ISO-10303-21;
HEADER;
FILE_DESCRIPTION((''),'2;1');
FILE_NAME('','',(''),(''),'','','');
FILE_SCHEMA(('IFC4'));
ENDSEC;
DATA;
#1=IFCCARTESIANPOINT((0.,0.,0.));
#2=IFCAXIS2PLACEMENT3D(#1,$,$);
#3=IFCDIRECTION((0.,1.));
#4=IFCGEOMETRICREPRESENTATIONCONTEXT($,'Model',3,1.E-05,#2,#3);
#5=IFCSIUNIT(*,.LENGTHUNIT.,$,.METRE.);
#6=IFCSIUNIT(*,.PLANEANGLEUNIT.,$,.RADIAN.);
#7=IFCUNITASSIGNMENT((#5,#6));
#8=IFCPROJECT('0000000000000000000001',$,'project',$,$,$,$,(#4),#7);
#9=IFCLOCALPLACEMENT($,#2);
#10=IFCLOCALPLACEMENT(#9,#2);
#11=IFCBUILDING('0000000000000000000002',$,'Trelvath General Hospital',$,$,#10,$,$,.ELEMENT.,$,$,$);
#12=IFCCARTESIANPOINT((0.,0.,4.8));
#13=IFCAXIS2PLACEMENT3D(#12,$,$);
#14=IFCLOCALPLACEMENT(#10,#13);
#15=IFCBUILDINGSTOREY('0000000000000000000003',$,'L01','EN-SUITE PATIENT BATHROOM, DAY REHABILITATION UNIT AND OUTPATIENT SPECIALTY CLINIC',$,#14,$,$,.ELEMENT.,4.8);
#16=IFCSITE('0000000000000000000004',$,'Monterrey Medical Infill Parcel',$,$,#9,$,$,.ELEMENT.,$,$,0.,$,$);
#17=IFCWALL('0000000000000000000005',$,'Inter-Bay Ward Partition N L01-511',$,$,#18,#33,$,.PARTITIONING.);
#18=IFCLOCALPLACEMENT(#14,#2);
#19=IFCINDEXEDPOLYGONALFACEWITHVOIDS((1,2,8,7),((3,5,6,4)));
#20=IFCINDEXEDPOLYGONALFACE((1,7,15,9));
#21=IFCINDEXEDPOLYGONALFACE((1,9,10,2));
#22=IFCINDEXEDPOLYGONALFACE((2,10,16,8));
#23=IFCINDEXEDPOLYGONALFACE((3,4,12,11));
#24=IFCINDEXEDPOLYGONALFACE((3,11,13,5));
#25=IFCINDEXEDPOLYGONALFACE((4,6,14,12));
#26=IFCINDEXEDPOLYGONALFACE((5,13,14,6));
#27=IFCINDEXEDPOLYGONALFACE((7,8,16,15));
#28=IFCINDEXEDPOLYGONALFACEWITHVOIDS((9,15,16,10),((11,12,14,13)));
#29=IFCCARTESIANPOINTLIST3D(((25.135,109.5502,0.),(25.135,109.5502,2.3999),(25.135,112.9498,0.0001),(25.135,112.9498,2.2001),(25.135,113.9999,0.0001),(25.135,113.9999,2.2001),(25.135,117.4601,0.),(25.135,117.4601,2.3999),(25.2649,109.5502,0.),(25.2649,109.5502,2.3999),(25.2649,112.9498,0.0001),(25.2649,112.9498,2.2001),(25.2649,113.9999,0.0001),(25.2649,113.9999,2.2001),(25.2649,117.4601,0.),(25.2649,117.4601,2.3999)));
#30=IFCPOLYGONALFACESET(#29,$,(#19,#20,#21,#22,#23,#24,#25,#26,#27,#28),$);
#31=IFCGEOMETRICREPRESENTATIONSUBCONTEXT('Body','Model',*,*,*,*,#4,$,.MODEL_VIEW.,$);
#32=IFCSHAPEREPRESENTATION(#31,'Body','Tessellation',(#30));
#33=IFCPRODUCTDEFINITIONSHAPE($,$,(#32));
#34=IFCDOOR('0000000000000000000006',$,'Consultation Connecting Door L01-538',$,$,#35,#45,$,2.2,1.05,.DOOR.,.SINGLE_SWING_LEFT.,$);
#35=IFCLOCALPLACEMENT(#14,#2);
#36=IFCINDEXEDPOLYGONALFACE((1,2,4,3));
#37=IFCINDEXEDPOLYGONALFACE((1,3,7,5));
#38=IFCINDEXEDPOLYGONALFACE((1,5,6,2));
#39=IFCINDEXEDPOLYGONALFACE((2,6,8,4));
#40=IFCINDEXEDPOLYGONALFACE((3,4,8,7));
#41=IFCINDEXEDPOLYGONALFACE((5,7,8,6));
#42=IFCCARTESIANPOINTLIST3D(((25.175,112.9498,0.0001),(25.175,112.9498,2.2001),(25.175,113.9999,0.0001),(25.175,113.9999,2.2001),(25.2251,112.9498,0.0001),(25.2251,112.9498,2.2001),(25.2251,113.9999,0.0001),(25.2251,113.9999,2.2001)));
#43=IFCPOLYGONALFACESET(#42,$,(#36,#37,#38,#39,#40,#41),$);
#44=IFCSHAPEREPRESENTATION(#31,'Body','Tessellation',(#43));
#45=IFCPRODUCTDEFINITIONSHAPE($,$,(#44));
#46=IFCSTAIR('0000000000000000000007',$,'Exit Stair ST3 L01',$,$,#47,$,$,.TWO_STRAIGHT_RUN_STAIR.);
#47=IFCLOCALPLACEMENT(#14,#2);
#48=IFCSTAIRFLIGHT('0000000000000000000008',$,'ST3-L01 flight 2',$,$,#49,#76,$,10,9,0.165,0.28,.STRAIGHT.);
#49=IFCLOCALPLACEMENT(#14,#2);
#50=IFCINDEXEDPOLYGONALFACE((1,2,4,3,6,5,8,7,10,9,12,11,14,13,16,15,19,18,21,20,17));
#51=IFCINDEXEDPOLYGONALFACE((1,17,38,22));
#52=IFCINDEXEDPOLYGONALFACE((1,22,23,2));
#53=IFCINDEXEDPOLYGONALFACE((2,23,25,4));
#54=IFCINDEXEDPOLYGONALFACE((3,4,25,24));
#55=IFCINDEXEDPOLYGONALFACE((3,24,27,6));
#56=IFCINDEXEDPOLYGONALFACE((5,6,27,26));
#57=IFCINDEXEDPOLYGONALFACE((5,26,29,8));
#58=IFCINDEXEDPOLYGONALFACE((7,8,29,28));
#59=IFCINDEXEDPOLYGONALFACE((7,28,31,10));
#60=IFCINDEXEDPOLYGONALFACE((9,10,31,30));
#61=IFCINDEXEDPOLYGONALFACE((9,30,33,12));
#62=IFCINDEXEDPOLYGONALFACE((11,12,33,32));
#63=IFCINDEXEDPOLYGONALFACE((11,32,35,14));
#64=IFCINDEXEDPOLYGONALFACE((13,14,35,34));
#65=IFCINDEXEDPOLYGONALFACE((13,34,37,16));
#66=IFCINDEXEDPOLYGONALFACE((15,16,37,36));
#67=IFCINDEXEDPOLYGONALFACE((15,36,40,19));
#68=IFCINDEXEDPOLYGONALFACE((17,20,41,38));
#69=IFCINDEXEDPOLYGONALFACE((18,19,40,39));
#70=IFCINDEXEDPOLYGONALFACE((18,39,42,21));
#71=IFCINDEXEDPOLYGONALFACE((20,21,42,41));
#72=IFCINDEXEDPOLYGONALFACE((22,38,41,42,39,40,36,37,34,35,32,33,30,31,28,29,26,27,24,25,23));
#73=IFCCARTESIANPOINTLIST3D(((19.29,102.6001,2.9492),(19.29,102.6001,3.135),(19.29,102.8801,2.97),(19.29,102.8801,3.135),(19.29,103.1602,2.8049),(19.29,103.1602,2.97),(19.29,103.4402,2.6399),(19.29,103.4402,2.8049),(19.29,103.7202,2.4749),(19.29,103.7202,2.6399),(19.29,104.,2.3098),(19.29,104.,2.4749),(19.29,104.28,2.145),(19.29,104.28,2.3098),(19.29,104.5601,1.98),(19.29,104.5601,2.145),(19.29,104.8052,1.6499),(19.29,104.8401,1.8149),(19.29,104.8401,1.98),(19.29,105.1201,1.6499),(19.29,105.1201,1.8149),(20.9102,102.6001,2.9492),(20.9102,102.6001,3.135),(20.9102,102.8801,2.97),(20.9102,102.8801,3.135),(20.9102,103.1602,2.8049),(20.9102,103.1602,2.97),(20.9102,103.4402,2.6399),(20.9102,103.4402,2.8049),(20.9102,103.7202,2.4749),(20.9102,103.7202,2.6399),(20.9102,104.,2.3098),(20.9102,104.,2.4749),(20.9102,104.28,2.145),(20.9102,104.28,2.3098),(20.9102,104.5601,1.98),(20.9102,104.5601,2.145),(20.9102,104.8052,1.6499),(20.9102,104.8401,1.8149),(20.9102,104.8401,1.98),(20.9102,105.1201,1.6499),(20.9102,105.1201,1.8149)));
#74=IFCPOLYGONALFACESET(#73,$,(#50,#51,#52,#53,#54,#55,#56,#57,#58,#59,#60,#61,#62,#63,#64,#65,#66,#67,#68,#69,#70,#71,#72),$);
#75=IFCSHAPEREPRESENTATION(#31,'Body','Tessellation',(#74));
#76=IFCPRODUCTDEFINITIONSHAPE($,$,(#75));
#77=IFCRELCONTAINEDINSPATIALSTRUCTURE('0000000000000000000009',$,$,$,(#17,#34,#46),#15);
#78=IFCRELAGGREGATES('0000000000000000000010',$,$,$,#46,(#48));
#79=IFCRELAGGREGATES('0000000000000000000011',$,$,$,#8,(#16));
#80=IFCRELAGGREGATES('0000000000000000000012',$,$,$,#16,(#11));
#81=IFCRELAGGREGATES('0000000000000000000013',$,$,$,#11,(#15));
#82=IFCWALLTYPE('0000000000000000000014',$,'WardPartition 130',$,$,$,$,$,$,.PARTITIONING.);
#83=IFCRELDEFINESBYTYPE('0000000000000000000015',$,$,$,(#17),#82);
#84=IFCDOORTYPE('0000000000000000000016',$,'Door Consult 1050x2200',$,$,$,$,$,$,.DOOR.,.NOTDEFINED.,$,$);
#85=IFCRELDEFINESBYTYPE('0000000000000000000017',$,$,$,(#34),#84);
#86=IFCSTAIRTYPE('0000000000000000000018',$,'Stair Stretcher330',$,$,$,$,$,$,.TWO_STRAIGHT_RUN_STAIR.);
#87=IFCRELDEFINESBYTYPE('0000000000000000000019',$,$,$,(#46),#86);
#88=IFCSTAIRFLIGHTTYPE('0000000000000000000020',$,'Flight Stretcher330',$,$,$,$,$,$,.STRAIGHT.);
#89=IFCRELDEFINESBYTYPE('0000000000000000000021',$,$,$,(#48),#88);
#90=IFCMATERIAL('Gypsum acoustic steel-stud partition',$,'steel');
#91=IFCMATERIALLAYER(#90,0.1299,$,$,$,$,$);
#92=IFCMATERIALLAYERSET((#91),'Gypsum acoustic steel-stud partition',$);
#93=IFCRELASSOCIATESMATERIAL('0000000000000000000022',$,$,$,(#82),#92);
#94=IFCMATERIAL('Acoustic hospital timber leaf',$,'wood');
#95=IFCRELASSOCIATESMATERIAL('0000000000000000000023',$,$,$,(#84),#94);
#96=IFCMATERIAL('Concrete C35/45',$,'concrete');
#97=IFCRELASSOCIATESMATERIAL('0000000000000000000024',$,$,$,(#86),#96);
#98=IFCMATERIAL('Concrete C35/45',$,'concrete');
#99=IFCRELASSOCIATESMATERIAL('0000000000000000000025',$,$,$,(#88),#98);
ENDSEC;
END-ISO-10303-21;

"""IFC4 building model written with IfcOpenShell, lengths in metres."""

from ifc_helpers import new_model, si_unit, direction, frame, frame_2d, origin, place, context, subcontext, project, spatial, polyline, rectangle, outline, extrude, material, layer, layer_set, type_object, element, fill, aggregate, save


model = new_model("IFC4")

# Units and contexts
model_context = context("Model", 3, precision=1e-05, world=origin(), true_north=direction((0.0, 1.0)))
body_context = subcontext(model_context, "Body", "Model", "MODEL_VIEW")
ifc_project = project(units=[si_unit("LENGTHUNIT", "METRE"), si_unit("PLANEANGLEUNIT", "RADIAN")], contexts=[model_context])

# Site, building, storey
site_placement = place(None, origin())
site = spatial("IfcSite", under=ifc_project, at=site_placement, Name="Monterrey Medical Infill Parcel", CompositionType="ELEMENT", RefElevation=0.0)
building_placement = place(site_placement, origin())
building = spatial("IfcBuilding", under=site, at=building_placement, Name="Trelvath General Hospital", CompositionType="ELEMENT")
storey_placement = place(building_placement, frame((0.0, 0.0, 4.8)))
storey = spatial("IfcBuildingStorey", under=building, at=storey_placement, Name="L01", Description="EN-SUITE PATIENT BATHROOM, DAY REHABILITATION UNIT AND OUTPATIENT SPECIALTY CLINIC", CompositionType="ELEMENT", Elevation=4.8)

# Wall, opening, door
ifc_material_1 = material(Name="Gypsum acoustic steel-stud partition", Category="steel")
ifc_layer_1 = layer(ifc_material_1, 0.1299)
ifc_layer_set_1 = layer_set([ifc_layer_1], Name="Gypsum acoustic steel-stud partition")
wall_type_1 = type_object("IfcWallType", Name="WardPartition 130", PredefinedType="PARTITIONING", material=ifc_layer_set_1)
wall_1_placement = place(storey_placement, frame((25.2, 109.55, 0.0), z_axis=(0.0, 0.0, 1.0), x_axis=(0.0, 1.0, 0.0)))
wall_1 = element("IfcWall", 1, at=wall_1_placement, inside=storey, type_object=wall_type_1, Name="Inter-Bay Ward Partition N L01-511", PredefinedType="PARTITIONING", context=body_context, shape_type="SweptSolid", body=[
    extrude(rectangle(XDim=7.9099, YDim=0.1299, at=frame_2d((3.9551, 0.0))), origin(), (0.0, 0.0, 1.0), 2.3999),
])
opening_1_placement = place(wall_1_placement, frame((3.3999, 0.0, 0.0)))
opening_1 = element("IfcOpeningElement", 2, at=opening_1_placement, cuts=wall_1, PredefinedType="OPENING", context=body_context, shape_type="SweptSolid", body=[
    extrude(rectangle(XDim=1.05, YDim=2.2, at=frame_2d((0.5249, 1.1001))), frame((0.0, 0.075, 0.0), z_axis=(0.0, -1.0, 0.0), x_axis=(1.0, 0.0, 0.0)), (0.0, 0.0, 1.0), 0.1499),
])
ifc_material_2 = material(Name="Acoustic hospital timber leaf", Category="wood")
door_type_1 = type_object("IfcDoorType", Name="Door Consult 1050x2200", OperationType="NOTDEFINED", PredefinedType="DOOR", material=ifc_material_2)
door_1_placement = place(opening_1_placement, origin())
door_1 = element("IfcDoor", 3, at=door_1_placement, inside=storey, type_object=door_type_1, Name="Consultation Connecting Door L01-538", OperationType="SINGLE_SWING_LEFT", OverallHeight=2.2, OverallWidth=1.05, PredefinedType="DOOR", context=body_context, shape_type="SweptSolid", body=[
    extrude(rectangle(XDim=1.05, YDim=2.2, at=frame_2d((0.5249, 1.1001))), frame((0.0, 0.0249, 0.0), z_axis=(0.0, -1.0, 0.0), x_axis=(1.0, 0.0, 0.0)), (0.0, 0.0, 1.0), 0.05),
])
fill(opening_1, door_1)

# Stair, stair flight
ifc_material_3 = material(Name="Concrete C35/45", Category="concrete")
stair_type = type_object("IfcStairType", Name="Stair Stretcher330", PredefinedType="TWO_STRAIGHT_RUN_STAIR", material=ifc_material_3)
stair_placement = place(storey_placement, origin())
stair = element("IfcStair", 4, at=stair_placement, inside=storey, type_object=stair_type, Name="Exit Stair ST3 L01", PredefinedType="TWO_STRAIGHT_RUN_STAIR")
ifc_material_4 = material(Name="Concrete C35/45", Category="concrete")
stair_flight_type = type_object("IfcStairFlightType", Name="Flight Stretcher330", PredefinedType="STRAIGHT", material=ifc_material_4)
stair_flight_placement = place(storey_placement, frame((20.1001, 105.1201, 1.6499), z_axis=(0.0, 0.0, 1.0), x_axis=(0.0, -1.0, 0.0)))
stair_flight = element("IfcStairFlight", 5, at=stair_flight_placement, type_object=stair_flight_type, Name="ST3-L01 flight 2", NumberOfRisers=10, NumberOfTreads=9, PredefinedType="STRAIGHT", RiserHeight=0.165, TreadLength=0.28, context=body_context, shape_type="SweptSolid", body=[
    extrude(outline(polyline([(0.0, 0.0), (0.0, 0.165), (0.28, 0.165), (0.28, 0.3301), (0.5601, 0.3301), (0.5601, 0.4951), (0.8401, 0.4951), (0.8401, 0.6599), (1.1201, 0.6599), (1.1201, 0.825), (1.3999, 0.825), (1.3999, 0.99), (1.6799, 0.99), (1.6799, 1.155), (1.96, 1.155), (1.96, 1.3201), (2.24, 1.3201), (2.24, 1.4851), (2.52, 1.4851), (2.52, 1.6499), (2.52, 1.2993), (0.3149, 0.0), (0.0, 0.0)])), frame((0.0, 0.8101, 0.0), z_axis=(0.0, -1.0, 0.0), x_axis=(1.0, 0.0, 0.0)), (0.0, 0.0, 1.0), 1.6201),
])
aggregate(stair, [stair_flight])

save(model, "model.ifc")
